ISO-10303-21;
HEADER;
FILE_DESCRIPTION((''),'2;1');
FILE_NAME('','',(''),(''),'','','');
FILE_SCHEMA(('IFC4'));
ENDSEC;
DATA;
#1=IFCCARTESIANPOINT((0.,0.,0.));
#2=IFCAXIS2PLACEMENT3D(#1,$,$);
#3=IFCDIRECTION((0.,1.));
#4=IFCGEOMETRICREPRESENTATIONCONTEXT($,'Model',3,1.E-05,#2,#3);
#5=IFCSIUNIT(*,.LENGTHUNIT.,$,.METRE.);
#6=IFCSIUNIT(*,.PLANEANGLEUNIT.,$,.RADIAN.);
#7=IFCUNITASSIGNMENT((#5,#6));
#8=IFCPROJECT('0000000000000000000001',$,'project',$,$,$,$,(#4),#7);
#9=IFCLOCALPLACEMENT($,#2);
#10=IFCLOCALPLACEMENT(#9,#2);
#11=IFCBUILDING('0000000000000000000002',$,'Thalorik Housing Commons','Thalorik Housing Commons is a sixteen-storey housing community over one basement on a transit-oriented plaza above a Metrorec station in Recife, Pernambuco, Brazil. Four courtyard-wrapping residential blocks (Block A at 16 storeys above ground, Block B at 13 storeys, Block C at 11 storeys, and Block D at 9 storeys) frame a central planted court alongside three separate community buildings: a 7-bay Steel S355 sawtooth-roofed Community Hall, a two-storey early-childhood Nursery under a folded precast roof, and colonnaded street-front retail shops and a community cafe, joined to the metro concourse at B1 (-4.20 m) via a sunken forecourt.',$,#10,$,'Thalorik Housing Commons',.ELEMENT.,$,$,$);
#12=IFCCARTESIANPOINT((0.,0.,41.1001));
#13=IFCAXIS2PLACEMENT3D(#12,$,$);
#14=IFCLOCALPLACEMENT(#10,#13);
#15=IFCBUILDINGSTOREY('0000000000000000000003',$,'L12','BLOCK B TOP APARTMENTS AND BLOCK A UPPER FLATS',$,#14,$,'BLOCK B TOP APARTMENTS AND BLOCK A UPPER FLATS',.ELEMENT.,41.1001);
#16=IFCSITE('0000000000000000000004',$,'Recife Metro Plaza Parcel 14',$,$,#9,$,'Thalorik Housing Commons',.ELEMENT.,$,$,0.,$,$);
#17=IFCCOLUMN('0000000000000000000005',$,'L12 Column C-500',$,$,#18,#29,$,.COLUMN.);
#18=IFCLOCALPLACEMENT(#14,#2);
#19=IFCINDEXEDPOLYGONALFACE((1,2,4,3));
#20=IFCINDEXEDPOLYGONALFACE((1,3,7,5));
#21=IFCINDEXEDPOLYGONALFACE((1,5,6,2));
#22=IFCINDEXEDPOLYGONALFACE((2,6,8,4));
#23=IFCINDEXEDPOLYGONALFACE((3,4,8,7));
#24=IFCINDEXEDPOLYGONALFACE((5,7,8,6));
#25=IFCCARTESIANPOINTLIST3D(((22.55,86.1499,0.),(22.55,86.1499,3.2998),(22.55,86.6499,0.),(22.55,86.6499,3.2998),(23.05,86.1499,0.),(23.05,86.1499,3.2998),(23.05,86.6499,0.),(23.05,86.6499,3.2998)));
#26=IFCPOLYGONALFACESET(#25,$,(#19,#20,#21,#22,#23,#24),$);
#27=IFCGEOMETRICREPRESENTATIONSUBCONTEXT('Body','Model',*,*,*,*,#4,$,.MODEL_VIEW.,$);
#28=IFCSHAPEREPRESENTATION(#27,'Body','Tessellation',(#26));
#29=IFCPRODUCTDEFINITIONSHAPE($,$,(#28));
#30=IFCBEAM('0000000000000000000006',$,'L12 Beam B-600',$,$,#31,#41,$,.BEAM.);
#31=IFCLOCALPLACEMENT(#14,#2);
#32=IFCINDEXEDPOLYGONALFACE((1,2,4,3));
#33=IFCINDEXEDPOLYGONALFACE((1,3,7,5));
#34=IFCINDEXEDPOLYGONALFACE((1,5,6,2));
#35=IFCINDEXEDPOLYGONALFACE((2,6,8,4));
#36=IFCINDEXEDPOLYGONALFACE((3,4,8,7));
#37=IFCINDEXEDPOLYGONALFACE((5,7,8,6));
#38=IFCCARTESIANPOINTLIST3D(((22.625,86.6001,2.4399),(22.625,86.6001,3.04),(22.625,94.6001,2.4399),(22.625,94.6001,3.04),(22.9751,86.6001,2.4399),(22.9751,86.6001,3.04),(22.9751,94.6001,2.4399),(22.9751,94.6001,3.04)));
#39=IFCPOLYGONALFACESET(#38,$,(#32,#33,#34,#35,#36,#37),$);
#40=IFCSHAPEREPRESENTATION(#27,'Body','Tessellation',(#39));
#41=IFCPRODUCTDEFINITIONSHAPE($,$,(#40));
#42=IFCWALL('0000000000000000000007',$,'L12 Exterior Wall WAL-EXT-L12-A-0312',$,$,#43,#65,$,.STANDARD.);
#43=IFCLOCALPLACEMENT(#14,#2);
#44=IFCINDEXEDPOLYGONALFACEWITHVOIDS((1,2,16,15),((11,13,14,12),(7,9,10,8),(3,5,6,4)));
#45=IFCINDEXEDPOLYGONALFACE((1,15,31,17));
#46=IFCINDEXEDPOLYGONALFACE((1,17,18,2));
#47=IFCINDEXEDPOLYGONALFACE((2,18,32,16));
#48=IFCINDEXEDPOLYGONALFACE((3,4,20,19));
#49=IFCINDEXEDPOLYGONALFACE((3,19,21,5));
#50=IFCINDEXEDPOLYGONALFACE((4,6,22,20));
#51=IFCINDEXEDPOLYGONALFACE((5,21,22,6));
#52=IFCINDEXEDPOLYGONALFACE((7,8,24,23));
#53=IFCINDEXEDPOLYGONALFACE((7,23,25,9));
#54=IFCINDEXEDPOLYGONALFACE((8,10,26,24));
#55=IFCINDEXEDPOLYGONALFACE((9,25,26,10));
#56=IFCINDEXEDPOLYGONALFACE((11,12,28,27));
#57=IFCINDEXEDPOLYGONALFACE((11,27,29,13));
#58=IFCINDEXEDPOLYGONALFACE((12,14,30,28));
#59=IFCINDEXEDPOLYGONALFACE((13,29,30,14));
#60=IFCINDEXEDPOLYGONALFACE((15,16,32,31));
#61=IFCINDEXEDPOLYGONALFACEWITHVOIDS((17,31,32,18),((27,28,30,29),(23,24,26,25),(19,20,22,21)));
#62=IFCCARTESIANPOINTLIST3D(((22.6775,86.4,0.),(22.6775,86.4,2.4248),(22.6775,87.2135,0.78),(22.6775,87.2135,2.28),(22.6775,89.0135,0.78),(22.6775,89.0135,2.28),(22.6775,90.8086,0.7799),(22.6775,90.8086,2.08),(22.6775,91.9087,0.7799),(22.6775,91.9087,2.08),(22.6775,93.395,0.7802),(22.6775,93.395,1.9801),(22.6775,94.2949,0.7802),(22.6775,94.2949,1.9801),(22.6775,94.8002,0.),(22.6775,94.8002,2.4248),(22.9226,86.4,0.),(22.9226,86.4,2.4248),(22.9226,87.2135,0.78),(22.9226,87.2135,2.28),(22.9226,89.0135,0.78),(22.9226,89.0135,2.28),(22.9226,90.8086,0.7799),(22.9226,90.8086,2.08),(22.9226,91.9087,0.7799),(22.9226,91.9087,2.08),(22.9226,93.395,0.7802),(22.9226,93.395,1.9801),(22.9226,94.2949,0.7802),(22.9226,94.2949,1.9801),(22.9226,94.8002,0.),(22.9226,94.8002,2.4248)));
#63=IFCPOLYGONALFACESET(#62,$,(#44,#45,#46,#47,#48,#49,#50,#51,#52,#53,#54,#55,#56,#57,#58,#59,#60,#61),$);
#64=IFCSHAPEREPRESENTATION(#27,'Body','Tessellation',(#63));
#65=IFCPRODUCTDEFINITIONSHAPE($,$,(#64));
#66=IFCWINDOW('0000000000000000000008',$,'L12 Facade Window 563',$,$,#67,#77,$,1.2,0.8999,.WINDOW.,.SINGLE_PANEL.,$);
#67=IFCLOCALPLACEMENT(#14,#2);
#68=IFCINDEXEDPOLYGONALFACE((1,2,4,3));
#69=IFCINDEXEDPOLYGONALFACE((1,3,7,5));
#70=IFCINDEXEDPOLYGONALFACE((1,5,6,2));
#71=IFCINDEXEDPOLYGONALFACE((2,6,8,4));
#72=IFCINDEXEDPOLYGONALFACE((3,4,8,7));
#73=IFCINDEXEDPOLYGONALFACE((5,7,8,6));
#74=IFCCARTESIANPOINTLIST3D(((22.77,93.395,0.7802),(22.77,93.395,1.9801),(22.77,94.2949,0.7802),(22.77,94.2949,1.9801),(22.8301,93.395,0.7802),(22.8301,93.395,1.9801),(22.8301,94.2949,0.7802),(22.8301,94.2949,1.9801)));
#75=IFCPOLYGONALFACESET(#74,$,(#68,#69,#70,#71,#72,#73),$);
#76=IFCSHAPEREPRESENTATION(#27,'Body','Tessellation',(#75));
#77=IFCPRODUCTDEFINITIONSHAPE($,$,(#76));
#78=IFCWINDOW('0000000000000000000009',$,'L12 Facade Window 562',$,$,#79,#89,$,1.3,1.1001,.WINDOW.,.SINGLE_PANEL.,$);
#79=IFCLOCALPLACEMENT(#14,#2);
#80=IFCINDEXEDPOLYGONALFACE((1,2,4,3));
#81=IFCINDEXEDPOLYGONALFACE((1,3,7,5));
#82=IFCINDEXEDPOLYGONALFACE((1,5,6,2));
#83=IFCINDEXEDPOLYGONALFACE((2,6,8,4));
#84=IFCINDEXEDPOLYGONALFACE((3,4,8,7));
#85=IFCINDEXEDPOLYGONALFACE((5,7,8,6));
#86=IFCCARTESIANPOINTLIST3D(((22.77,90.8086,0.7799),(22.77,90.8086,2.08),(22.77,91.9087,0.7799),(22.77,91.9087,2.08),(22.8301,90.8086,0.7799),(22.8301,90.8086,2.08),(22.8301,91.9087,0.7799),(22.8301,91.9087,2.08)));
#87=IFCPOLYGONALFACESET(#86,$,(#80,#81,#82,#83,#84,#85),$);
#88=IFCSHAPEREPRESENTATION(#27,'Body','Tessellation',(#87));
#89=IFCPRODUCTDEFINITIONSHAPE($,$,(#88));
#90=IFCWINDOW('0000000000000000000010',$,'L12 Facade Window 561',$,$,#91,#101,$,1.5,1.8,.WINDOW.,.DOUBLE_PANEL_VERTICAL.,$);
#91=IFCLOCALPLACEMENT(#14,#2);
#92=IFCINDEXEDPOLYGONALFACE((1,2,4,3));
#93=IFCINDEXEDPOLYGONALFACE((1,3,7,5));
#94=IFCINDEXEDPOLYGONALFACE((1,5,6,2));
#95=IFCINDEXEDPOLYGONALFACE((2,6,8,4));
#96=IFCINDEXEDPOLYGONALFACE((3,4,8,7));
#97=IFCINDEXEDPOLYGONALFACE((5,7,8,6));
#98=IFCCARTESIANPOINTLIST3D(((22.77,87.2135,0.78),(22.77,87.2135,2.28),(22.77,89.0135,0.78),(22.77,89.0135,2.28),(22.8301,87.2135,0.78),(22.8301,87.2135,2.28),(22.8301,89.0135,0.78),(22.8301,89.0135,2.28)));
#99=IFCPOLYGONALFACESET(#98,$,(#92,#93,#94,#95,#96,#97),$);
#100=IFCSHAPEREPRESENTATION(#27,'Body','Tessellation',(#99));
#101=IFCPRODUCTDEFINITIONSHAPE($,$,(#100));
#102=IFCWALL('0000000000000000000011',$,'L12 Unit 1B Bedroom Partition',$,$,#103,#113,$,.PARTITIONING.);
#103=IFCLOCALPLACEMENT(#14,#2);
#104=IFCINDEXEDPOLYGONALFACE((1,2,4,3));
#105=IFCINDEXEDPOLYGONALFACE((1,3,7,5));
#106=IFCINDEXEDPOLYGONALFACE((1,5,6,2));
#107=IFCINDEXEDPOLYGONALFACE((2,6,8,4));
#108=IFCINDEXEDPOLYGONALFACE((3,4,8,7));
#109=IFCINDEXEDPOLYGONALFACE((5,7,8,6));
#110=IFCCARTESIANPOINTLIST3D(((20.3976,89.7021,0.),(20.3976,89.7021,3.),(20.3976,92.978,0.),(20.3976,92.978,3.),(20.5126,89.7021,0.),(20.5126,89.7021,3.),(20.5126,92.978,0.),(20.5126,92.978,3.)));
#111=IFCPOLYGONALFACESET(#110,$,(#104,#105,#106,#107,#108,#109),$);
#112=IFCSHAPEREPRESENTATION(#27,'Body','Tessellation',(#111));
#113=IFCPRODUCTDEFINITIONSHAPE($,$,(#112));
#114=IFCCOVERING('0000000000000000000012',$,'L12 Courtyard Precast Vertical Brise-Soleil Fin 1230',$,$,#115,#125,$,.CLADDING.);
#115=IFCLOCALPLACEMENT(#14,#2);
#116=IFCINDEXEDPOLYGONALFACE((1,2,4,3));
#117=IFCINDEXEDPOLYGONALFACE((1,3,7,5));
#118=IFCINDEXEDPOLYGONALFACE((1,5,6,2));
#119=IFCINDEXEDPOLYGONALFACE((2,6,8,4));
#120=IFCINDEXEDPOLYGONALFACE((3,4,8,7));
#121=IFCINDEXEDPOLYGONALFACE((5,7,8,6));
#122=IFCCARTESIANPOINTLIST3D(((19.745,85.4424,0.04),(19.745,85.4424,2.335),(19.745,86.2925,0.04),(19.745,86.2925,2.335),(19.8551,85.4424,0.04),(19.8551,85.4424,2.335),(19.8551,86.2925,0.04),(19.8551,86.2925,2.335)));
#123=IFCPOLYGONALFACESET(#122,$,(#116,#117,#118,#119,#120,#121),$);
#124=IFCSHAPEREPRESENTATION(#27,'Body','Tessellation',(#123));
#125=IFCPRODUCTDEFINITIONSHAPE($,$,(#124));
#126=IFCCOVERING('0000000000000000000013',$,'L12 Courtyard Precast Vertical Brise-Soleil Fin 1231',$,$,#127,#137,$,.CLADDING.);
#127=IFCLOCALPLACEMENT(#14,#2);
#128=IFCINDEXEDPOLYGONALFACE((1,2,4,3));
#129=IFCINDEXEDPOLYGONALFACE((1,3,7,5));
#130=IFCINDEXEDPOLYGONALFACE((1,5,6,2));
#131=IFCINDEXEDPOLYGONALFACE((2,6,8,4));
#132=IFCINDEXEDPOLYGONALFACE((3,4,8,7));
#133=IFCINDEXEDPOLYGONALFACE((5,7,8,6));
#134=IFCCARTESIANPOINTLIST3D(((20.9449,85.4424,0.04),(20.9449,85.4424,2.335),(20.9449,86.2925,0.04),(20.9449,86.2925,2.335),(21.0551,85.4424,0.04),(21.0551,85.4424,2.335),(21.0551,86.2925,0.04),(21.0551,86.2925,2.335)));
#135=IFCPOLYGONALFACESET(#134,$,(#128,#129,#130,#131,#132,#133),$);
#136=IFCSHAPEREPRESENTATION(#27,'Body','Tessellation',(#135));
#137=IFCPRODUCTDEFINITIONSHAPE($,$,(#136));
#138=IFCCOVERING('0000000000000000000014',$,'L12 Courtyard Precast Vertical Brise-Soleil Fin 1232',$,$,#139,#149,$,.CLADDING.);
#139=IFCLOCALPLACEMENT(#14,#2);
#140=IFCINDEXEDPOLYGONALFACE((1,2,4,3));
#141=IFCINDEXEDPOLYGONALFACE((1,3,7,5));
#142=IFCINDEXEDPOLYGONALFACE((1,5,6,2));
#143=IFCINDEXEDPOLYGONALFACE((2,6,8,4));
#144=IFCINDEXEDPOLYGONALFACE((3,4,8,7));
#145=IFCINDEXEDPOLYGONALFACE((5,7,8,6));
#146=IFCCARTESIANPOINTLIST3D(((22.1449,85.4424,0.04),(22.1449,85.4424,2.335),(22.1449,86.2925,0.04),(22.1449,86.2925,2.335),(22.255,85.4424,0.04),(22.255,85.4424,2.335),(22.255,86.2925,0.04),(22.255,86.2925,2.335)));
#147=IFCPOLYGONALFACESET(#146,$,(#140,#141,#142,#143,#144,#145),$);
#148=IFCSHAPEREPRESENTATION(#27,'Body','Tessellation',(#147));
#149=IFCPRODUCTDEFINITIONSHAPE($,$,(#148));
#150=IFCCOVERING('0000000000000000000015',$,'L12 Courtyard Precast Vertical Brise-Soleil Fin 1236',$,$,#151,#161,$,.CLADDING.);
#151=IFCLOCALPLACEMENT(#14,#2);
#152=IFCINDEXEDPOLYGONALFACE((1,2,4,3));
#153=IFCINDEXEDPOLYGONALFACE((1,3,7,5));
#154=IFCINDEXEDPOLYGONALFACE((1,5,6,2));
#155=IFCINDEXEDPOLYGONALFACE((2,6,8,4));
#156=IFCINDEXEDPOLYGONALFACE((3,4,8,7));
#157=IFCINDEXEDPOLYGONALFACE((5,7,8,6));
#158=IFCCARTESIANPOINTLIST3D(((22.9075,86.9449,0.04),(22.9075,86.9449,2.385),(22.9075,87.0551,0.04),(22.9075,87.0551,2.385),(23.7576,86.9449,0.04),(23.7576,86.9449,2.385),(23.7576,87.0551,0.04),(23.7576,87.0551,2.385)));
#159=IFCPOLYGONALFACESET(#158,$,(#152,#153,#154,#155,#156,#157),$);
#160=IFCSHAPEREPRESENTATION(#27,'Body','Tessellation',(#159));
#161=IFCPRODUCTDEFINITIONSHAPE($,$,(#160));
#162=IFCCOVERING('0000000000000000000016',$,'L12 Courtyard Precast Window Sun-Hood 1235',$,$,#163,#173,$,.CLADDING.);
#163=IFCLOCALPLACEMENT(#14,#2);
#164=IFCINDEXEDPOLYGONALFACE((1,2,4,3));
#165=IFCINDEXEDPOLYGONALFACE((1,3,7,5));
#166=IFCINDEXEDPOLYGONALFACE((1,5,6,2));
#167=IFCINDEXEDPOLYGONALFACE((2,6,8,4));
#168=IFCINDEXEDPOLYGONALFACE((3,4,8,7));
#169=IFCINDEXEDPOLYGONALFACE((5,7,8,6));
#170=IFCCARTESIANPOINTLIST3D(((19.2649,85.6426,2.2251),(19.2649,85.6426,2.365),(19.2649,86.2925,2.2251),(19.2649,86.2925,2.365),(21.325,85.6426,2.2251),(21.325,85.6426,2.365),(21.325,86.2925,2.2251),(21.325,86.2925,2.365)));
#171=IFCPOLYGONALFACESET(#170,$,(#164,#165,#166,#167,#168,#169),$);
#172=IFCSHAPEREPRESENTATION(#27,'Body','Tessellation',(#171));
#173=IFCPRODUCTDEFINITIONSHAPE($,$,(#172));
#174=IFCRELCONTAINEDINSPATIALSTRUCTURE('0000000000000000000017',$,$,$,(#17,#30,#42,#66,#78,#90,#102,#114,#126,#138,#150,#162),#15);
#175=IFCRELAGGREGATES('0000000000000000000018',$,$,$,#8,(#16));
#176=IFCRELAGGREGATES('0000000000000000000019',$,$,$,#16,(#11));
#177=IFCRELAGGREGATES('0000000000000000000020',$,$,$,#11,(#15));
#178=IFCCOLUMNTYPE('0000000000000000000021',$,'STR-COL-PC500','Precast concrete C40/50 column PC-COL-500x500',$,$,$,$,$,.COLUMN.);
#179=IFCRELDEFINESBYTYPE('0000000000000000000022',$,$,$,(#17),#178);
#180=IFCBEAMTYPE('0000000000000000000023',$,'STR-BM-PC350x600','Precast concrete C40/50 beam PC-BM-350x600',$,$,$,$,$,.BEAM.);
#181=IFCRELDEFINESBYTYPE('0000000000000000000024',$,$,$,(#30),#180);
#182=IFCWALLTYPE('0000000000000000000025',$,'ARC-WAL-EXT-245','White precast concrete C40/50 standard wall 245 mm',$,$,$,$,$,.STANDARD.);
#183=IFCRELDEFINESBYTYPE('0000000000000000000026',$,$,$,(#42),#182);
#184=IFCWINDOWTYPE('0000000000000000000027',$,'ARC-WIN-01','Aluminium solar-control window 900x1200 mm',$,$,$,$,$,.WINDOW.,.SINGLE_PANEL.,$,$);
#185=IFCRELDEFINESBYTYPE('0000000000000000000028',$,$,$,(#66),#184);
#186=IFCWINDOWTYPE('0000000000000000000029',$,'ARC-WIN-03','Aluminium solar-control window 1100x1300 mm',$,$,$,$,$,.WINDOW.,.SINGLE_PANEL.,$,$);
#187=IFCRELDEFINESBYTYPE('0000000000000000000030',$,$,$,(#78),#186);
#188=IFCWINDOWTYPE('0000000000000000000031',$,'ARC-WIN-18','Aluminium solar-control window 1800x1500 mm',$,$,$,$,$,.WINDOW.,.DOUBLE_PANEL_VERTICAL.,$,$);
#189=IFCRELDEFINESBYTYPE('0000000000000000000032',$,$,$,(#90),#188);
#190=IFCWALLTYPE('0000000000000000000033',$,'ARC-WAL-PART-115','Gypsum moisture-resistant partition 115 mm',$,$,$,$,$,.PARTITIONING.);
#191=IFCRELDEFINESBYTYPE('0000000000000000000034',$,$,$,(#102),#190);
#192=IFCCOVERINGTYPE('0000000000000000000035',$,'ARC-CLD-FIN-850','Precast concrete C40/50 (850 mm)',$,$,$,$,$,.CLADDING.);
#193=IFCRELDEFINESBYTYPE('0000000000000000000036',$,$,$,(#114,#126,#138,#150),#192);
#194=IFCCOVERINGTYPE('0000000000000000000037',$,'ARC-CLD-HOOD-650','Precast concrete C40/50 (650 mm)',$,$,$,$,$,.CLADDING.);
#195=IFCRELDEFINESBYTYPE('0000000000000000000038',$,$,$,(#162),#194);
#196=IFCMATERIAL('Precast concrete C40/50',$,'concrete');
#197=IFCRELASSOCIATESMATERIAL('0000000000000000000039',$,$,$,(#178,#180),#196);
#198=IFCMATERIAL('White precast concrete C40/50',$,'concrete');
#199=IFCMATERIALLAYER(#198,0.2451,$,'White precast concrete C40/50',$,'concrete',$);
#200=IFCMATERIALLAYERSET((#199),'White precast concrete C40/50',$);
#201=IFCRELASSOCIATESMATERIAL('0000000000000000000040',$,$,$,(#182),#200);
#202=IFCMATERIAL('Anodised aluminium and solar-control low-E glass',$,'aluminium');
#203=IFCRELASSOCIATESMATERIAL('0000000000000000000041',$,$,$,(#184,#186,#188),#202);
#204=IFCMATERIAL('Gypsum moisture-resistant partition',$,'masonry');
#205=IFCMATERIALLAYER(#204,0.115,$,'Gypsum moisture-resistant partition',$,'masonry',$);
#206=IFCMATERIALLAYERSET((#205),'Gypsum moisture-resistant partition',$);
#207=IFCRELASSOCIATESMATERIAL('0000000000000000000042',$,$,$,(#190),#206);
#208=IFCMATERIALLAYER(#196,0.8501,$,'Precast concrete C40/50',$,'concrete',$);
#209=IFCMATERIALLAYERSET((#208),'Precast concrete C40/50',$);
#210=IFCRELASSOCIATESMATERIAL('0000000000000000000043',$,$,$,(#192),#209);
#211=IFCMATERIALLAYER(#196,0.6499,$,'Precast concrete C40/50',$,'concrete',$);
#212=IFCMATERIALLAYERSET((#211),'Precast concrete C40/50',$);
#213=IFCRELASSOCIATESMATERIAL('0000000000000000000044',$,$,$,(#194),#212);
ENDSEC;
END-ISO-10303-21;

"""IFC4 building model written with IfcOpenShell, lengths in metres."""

from ifc_helpers import new_model, si_unit, direction, frame, frame_2d, origin, origin_2d, place, context, subcontext, project, spatial, rectangle, extrude, material, layer, layer_set, material_profile, profile_set, type_object, element, fill, save


model = new_model("IFC4")

# Units and contexts
model_context = context("Model", 3, precision=1e-05, world=origin(), true_north=direction((0.0, 1.0)))
body_context = subcontext(model_context, "Body", "Model", "MODEL_VIEW")
ifc_project = project(units=[si_unit("LENGTHUNIT", "METRE"), si_unit("PLANEANGLEUNIT", "RADIAN")], contexts=[model_context])

# Site, building, storey
site_placement = place(None, origin())
site = spatial("IfcSite", under=ifc_project, at=site_placement, Name="Recife Metro Plaza Parcel 14", LongName="Thalorik Housing Commons", CompositionType="ELEMENT", RefElevation=0.0)
building_placement = place(site_placement, origin())
building = spatial("IfcBuilding", under=site, at=building_placement, Name="Thalorik Housing Commons", Description="Thalorik Housing Commons is a sixteen-storey housing community over one basement on a transit-oriented plaza above a Metrorec station in Recife, Pernambuco, Brazil. Four courtyard-wrapping residential blocks (Block A at 16 storeys above ground, Block B at 13 storeys, Block C at 11 storeys, and Block D at 9 storeys) frame a central planted court alongside three separate community buildings: a 7-bay Steel S355 sawtooth-roofed Community Hall, a two-storey early-childhood Nursery under a folded precast roof, and colonnaded street-front retail shops and a community cafe, joined to the metro concourse at B1 (-4.20 m) via a sunken forecourt.", LongName="Thalorik Housing Commons", CompositionType="ELEMENT")
storey_placement = place(building_placement, frame((0.0, 0.0, 41.1001)))
storey = spatial("IfcBuildingStorey", under=building, at=storey_placement, Name="L12", Description="BLOCK B TOP APARTMENTS AND BLOCK A UPPER FLATS", LongName="BLOCK B TOP APARTMENTS AND BLOCK A UPPER FLATS", CompositionType="ELEMENT", Elevation=41.1001)

# Column
ifc_material_1 = material(Name="Precast concrete C40/50", Category="concrete")
ifc_material_profile_1 = material_profile(ifc_material_1, rectangle(XDim=0.5, YDim=0.5, at=origin_2d()), Name="PC 500x500", Category="concrete")
ifc_profile_set_1 = profile_set([ifc_material_profile_1], Name="Precast concrete C40/50")
column_type = type_object("IfcColumnType", Name="STR-COL-PC500", Description="Precast concrete C40/50 column PC-COL-500x500", PredefinedType="COLUMN", material=ifc_profile_set_1)
column_placement = place(storey_placement, frame((22.8, 86.3999, 0.0), z_axis=(0.0, 0.0, 1.0), x_axis=(1.0, 0.0, 0.0)))
element("IfcColumn", 1, at=column_placement, inside=storey, type_object=column_type, Name="L12 Column C-500", PredefinedType="COLUMN", context=body_context, shape_type="SweptSolid", body=[
    extrude(rectangle(XDim=0.5, YDim=0.5, at=origin_2d()), origin(), (0.0, 0.0, 1.0), 3.2998),
])

# Beam
ifc_material_profile_2 = material_profile(ifc_material_1, rectangle(XDim=0.3501, YDim=0.6001, at=origin_2d()), Name="PC 350x600", Category="concrete")
ifc_profile_set_2 = profile_set([ifc_material_profile_2], Name="Precast concrete C40/50")
beam_type = type_object("IfcBeamType", Name="STR-BM-PC350x600", Description="Precast concrete C40/50 beam PC-BM-350x600", PredefinedType="BEAM", material=ifc_profile_set_2)
beam_placement = place(storey_placement, frame((22.8, 86.6001, 2.74), z_axis=(0.0, 1.0, 0.0), x_axis=(-1.0, 0.0, 0.0)))
element("IfcBeam", 2, at=beam_placement, inside=storey, type_object=beam_type, Name="L12 Beam B-600", PredefinedType="BEAM", context=body_context, shape_type="SweptSolid", body=[
    extrude(rectangle(XDim=0.3501, YDim=0.6001, at=origin_2d()), origin(), (0.0, 0.0, 1.0), 8.0),
])

# Wall, openings, windows
ifc_material_2 = material(Name="White precast concrete C40/50", Category="concrete")
ifc_layer_1 = layer(ifc_material_2, 0.2451, Name="White precast concrete C40/50", Category="concrete")
ifc_layer_set_1 = layer_set([ifc_layer_1], Name="White precast concrete C40/50")
wall_type_1 = type_object("IfcWallType", Name="ARC-WAL-EXT-245", Description="White precast concrete C40/50 standard wall 245 mm", PredefinedType="STANDARD", material=ifc_layer_set_1)
wall_1_placement = place(storey_placement, frame((22.8, 86.3999, 0.0), z_axis=(0.0, 0.0, 1.0), x_axis=(0.0, 1.0, 0.0)))
wall_1 = element("IfcWall", 3, at=wall_1_placement, inside=storey, type_object=wall_type_1, Name="L12 Exterior Wall WAL-EXT-L12-A-0312", PredefinedType="STANDARD", context=body_context, shape_type="SweptSolid", body=[
    extrude(rectangle(XDim=8.4001, YDim=0.2451, at=frame_2d((4.2002, 0.0))), origin(), (0.0, 0.0, 1.0), 2.4248),
])
opening_1_placement = place(wall_1_placement, frame((0.8137, 0.0, 0.78)))
opening_1 = element("IfcOpeningElement", 4, at=opening_1_placement, cuts=wall_1, PredefinedType="OPENING", context=body_context, shape_type="SweptSolid", body=[
    extrude(rectangle(XDim=1.8, YDim=1.5, at=frame_2d((0.8999, 0.75))), frame((0.0, 0.1326, 0.0), z_axis=(0.0, -1.0, 0.0), x_axis=(1.0, 0.0, 0.0)), (0.0, 0.0, 1.0), 0.2651),
])
opening_2_placement = place(wall_1_placement, frame((4.4087, 0.0, 0.78)))
opening_2 = element("IfcOpeningElement", 5, at=opening_2_placement, cuts=wall_1, PredefinedType="OPENING", context=body_context, shape_type="SweptSolid", body=[
    extrude(rectangle(XDim=1.1001, YDim=1.3, at=frame_2d((0.55, 0.6499))), frame((0.0, 0.1326, 0.0), z_axis=(0.0, -1.0, 0.0), x_axis=(1.0, 0.0, 0.0)), (0.0, 0.0, 1.0), 0.2651),
])
opening_3_placement = place(wall_1_placement, frame((6.9951, 0.0, 0.78)))
opening_3 = element("IfcOpeningElement", 6, at=opening_3_placement, cuts=wall_1, PredefinedType="OPENING", context=body_context, shape_type="SweptSolid", body=[
    extrude(rectangle(XDim=0.8999, YDim=1.2, at=frame_2d((0.45, 0.6001))), frame((0.0, 0.1326, 0.0), z_axis=(0.0, -1.0, 0.0), x_axis=(1.0, 0.0, 0.0)), (0.0, 0.0, 1.0), 0.2651),
])
ifc_material_3 = material(Name="Anodised aluminium and solar-control low-E glass", Category="aluminium")
window_type_1 = type_object("IfcWindowType", Name="ARC-WIN-01", Description="Aluminium solar-control window 900x1200 mm", PartitioningType="SINGLE_PANEL", PredefinedType="WINDOW", material=ifc_material_3)
window_1_placement = place(opening_3_placement, origin())
window_1 = element("IfcWindow", 7, at=window_1_placement, inside=storey, type_object=window_type_1, Name="L12 Facade Window 563", OverallHeight=1.2, OverallWidth=0.8999, PartitioningType="SINGLE_PANEL", PredefinedType="WINDOW", context=body_context, shape_type="SweptSolid", body=[
    extrude(rectangle(XDim=0.8999, YDim=1.2, at=frame_2d((0.45, 0.6001))), frame((0.0, 0.03, 0.0), z_axis=(0.0, -1.0, 0.0), x_axis=(1.0, 0.0, 0.0)), (0.0, 0.0, 1.0), 0.0601),
])
fill(opening_3, window_1)
window_type_2 = type_object("IfcWindowType", Name="ARC-WIN-03", Description="Aluminium solar-control window 1100x1300 mm", PartitioningType="SINGLE_PANEL", PredefinedType="WINDOW", material=ifc_material_3)
window_2_placement = place(opening_2_placement, origin())
window_2 = element("IfcWindow", 8, at=window_2_placement, inside=storey, type_object=window_type_2, Name="L12 Facade Window 562", OverallHeight=1.3, OverallWidth=1.1001, PartitioningType="SINGLE_PANEL", PredefinedType="WINDOW", context=body_context, shape_type="SweptSolid", body=[
    extrude(rectangle(XDim=1.1001, YDim=1.3, at=frame_2d((0.55, 0.6499))), frame((0.0, 0.03, 0.0), z_axis=(0.0, -1.0, 0.0), x_axis=(1.0, 0.0, 0.0)), (0.0, 0.0, 1.0), 0.0601),
])
fill(opening_2, window_2)
window_type_3 = type_object("IfcWindowType", Name="ARC-WIN-18", Description="Aluminium solar-control window 1800x1500 mm", PartitioningType="DOUBLE_PANEL_VERTICAL", PredefinedType="WINDOW", material=ifc_material_3)
window_3_placement = place(opening_1_placement, origin())
window_3 = element("IfcWindow", 9, at=window_3_placement, inside=storey, type_object=window_type_3, Name="L12 Facade Window 561", OverallHeight=1.5, OverallWidth=1.8, PartitioningType="DOUBLE_PANEL_VERTICAL", PredefinedType="WINDOW", context=body_context, shape_type="SweptSolid", body=[
    extrude(rectangle(XDim=1.8, YDim=1.5, at=frame_2d((0.8999, 0.75))), frame((0.0, 0.03, 0.0), z_axis=(0.0, -1.0, 0.0), x_axis=(1.0, 0.0, 0.0)), (0.0, 0.0, 1.0), 0.0601),
])
fill(opening_1, window_3)

# Wall
ifc_material_4 = material(Name="Gypsum moisture-resistant partition", Category="masonry")
ifc_layer_2 = layer(ifc_material_4, 0.115, Name="Gypsum moisture-resistant partition", Category="masonry")
ifc_layer_set_2 = layer_set([ifc_layer_2], Name="Gypsum moisture-resistant partition")
wall_type_2 = type_object("IfcWallType", Name="ARC-WAL-PART-115", Description="Gypsum moisture-resistant partition 115 mm", PredefinedType="PARTITIONING", material=ifc_layer_set_2)
wall_2_placement = place(storey_placement, frame((20.4551, 89.7021, 0.0), z_axis=(0.0, 0.0, 1.0), x_axis=(0.0, 1.0, 0.0)))
element("IfcWall", 10, at=wall_2_placement, inside=storey, type_object=wall_type_2, Name="L12 Unit 1B Bedroom Partition", PredefinedType="PARTITIONING", context=body_context, shape_type="SweptSolid", body=[
    extrude(rectangle(XDim=3.2759, YDim=0.115, at=frame_2d((1.6379, 0.0))), origin(), (0.0, 0.0, 1.0), 3.0),
])

# Coverings
ifc_layer_3 = layer(ifc_material_1, 0.8501, Name="Precast concrete C40/50", Category="concrete")
ifc_layer_set_3 = layer_set([ifc_layer_3], Name="Precast concrete C40/50")
covering_type_1 = type_object("IfcCoveringType", Name="ARC-CLD-FIN-850", Description="Precast concrete C40/50 (850 mm)", PredefinedType="CLADDING", material=ifc_layer_set_3)
for number, where, z_axis, x_axis, name in (
    (11, (19.8, 85.8674, 0.04), (0.0, 0.0, 1.0), (1.0, 0.0, 0.0), "L12 Courtyard Precast Vertical Brise-Soleil Fin 1230"),
    (12, (21.0, 85.8674, 0.04), (0.0, 0.0, 1.0), (1.0, 0.0, 0.0), "L12 Courtyard Precast Vertical Brise-Soleil Fin 1231"),
    (13, (22.2, 85.8674, 0.04), (0.0, 0.0, 1.0), (1.0, 0.0, 0.0), "L12 Courtyard Precast Vertical Brise-Soleil Fin 1232"),
):
    element("IfcCovering", number, at=place(storey_placement, frame(where, z_axis=z_axis, x_axis=x_axis)), inside=storey, type_object=covering_type_1, Name=name, PredefinedType="CLADDING", context=body_context, shape_type="SweptSolid", body=[
        extrude(rectangle(XDim=0.1101, YDim=0.8501, at=origin_2d()), origin(), (0.0, 0.0, 1.0), 2.2949),
    ])
covering_1_placement = place(storey_placement, frame((23.3325, 87.0, 0.04), z_axis=(0.0, 0.0, 1.0), x_axis=(0.0, 1.0, 0.0)))
element("IfcCovering", 14, at=covering_1_placement, inside=storey, type_object=covering_type_1, Name="L12 Courtyard Precast Vertical Brise-Soleil Fin 1236", PredefinedType="CLADDING", context=body_context, shape_type="SweptSolid", body=[
    extrude(rectangle(XDim=0.1101, YDim=0.8501, at=origin_2d()), origin(), (0.0, 0.0, 1.0), 2.345),
])
ifc_layer_4 = layer(ifc_material_1, 0.6499, Name="Precast concrete C40/50", Category="concrete")
ifc_layer_set_4 = layer_set([ifc_layer_4], Name="Precast concrete C40/50")
covering_type_2 = type_object("IfcCoveringType", Name="ARC-CLD-HOOD-650", Description="Precast concrete C40/50 (650 mm)", PredefinedType="CLADDING", material=ifc_layer_set_4)
covering_2_placement = place(storey_placement, frame((20.2949, 85.9675, 2.2251), z_axis=(0.0, 0.0, 1.0), x_axis=(1.0, 0.0, 0.0)))
element("IfcCovering", 15, at=covering_2_placement, inside=storey, type_object=covering_type_2, Name="L12 Courtyard Precast Window Sun-Hood 1235", PredefinedType="CLADDING", context=body_context, shape_type="SweptSolid", body=[
    extrude(rectangle(XDim=2.0601, YDim=0.6499, at=origin_2d()), origin(), (0.0, 0.0, 1.0), 0.1399),
])

save(model, "model.ifc")
